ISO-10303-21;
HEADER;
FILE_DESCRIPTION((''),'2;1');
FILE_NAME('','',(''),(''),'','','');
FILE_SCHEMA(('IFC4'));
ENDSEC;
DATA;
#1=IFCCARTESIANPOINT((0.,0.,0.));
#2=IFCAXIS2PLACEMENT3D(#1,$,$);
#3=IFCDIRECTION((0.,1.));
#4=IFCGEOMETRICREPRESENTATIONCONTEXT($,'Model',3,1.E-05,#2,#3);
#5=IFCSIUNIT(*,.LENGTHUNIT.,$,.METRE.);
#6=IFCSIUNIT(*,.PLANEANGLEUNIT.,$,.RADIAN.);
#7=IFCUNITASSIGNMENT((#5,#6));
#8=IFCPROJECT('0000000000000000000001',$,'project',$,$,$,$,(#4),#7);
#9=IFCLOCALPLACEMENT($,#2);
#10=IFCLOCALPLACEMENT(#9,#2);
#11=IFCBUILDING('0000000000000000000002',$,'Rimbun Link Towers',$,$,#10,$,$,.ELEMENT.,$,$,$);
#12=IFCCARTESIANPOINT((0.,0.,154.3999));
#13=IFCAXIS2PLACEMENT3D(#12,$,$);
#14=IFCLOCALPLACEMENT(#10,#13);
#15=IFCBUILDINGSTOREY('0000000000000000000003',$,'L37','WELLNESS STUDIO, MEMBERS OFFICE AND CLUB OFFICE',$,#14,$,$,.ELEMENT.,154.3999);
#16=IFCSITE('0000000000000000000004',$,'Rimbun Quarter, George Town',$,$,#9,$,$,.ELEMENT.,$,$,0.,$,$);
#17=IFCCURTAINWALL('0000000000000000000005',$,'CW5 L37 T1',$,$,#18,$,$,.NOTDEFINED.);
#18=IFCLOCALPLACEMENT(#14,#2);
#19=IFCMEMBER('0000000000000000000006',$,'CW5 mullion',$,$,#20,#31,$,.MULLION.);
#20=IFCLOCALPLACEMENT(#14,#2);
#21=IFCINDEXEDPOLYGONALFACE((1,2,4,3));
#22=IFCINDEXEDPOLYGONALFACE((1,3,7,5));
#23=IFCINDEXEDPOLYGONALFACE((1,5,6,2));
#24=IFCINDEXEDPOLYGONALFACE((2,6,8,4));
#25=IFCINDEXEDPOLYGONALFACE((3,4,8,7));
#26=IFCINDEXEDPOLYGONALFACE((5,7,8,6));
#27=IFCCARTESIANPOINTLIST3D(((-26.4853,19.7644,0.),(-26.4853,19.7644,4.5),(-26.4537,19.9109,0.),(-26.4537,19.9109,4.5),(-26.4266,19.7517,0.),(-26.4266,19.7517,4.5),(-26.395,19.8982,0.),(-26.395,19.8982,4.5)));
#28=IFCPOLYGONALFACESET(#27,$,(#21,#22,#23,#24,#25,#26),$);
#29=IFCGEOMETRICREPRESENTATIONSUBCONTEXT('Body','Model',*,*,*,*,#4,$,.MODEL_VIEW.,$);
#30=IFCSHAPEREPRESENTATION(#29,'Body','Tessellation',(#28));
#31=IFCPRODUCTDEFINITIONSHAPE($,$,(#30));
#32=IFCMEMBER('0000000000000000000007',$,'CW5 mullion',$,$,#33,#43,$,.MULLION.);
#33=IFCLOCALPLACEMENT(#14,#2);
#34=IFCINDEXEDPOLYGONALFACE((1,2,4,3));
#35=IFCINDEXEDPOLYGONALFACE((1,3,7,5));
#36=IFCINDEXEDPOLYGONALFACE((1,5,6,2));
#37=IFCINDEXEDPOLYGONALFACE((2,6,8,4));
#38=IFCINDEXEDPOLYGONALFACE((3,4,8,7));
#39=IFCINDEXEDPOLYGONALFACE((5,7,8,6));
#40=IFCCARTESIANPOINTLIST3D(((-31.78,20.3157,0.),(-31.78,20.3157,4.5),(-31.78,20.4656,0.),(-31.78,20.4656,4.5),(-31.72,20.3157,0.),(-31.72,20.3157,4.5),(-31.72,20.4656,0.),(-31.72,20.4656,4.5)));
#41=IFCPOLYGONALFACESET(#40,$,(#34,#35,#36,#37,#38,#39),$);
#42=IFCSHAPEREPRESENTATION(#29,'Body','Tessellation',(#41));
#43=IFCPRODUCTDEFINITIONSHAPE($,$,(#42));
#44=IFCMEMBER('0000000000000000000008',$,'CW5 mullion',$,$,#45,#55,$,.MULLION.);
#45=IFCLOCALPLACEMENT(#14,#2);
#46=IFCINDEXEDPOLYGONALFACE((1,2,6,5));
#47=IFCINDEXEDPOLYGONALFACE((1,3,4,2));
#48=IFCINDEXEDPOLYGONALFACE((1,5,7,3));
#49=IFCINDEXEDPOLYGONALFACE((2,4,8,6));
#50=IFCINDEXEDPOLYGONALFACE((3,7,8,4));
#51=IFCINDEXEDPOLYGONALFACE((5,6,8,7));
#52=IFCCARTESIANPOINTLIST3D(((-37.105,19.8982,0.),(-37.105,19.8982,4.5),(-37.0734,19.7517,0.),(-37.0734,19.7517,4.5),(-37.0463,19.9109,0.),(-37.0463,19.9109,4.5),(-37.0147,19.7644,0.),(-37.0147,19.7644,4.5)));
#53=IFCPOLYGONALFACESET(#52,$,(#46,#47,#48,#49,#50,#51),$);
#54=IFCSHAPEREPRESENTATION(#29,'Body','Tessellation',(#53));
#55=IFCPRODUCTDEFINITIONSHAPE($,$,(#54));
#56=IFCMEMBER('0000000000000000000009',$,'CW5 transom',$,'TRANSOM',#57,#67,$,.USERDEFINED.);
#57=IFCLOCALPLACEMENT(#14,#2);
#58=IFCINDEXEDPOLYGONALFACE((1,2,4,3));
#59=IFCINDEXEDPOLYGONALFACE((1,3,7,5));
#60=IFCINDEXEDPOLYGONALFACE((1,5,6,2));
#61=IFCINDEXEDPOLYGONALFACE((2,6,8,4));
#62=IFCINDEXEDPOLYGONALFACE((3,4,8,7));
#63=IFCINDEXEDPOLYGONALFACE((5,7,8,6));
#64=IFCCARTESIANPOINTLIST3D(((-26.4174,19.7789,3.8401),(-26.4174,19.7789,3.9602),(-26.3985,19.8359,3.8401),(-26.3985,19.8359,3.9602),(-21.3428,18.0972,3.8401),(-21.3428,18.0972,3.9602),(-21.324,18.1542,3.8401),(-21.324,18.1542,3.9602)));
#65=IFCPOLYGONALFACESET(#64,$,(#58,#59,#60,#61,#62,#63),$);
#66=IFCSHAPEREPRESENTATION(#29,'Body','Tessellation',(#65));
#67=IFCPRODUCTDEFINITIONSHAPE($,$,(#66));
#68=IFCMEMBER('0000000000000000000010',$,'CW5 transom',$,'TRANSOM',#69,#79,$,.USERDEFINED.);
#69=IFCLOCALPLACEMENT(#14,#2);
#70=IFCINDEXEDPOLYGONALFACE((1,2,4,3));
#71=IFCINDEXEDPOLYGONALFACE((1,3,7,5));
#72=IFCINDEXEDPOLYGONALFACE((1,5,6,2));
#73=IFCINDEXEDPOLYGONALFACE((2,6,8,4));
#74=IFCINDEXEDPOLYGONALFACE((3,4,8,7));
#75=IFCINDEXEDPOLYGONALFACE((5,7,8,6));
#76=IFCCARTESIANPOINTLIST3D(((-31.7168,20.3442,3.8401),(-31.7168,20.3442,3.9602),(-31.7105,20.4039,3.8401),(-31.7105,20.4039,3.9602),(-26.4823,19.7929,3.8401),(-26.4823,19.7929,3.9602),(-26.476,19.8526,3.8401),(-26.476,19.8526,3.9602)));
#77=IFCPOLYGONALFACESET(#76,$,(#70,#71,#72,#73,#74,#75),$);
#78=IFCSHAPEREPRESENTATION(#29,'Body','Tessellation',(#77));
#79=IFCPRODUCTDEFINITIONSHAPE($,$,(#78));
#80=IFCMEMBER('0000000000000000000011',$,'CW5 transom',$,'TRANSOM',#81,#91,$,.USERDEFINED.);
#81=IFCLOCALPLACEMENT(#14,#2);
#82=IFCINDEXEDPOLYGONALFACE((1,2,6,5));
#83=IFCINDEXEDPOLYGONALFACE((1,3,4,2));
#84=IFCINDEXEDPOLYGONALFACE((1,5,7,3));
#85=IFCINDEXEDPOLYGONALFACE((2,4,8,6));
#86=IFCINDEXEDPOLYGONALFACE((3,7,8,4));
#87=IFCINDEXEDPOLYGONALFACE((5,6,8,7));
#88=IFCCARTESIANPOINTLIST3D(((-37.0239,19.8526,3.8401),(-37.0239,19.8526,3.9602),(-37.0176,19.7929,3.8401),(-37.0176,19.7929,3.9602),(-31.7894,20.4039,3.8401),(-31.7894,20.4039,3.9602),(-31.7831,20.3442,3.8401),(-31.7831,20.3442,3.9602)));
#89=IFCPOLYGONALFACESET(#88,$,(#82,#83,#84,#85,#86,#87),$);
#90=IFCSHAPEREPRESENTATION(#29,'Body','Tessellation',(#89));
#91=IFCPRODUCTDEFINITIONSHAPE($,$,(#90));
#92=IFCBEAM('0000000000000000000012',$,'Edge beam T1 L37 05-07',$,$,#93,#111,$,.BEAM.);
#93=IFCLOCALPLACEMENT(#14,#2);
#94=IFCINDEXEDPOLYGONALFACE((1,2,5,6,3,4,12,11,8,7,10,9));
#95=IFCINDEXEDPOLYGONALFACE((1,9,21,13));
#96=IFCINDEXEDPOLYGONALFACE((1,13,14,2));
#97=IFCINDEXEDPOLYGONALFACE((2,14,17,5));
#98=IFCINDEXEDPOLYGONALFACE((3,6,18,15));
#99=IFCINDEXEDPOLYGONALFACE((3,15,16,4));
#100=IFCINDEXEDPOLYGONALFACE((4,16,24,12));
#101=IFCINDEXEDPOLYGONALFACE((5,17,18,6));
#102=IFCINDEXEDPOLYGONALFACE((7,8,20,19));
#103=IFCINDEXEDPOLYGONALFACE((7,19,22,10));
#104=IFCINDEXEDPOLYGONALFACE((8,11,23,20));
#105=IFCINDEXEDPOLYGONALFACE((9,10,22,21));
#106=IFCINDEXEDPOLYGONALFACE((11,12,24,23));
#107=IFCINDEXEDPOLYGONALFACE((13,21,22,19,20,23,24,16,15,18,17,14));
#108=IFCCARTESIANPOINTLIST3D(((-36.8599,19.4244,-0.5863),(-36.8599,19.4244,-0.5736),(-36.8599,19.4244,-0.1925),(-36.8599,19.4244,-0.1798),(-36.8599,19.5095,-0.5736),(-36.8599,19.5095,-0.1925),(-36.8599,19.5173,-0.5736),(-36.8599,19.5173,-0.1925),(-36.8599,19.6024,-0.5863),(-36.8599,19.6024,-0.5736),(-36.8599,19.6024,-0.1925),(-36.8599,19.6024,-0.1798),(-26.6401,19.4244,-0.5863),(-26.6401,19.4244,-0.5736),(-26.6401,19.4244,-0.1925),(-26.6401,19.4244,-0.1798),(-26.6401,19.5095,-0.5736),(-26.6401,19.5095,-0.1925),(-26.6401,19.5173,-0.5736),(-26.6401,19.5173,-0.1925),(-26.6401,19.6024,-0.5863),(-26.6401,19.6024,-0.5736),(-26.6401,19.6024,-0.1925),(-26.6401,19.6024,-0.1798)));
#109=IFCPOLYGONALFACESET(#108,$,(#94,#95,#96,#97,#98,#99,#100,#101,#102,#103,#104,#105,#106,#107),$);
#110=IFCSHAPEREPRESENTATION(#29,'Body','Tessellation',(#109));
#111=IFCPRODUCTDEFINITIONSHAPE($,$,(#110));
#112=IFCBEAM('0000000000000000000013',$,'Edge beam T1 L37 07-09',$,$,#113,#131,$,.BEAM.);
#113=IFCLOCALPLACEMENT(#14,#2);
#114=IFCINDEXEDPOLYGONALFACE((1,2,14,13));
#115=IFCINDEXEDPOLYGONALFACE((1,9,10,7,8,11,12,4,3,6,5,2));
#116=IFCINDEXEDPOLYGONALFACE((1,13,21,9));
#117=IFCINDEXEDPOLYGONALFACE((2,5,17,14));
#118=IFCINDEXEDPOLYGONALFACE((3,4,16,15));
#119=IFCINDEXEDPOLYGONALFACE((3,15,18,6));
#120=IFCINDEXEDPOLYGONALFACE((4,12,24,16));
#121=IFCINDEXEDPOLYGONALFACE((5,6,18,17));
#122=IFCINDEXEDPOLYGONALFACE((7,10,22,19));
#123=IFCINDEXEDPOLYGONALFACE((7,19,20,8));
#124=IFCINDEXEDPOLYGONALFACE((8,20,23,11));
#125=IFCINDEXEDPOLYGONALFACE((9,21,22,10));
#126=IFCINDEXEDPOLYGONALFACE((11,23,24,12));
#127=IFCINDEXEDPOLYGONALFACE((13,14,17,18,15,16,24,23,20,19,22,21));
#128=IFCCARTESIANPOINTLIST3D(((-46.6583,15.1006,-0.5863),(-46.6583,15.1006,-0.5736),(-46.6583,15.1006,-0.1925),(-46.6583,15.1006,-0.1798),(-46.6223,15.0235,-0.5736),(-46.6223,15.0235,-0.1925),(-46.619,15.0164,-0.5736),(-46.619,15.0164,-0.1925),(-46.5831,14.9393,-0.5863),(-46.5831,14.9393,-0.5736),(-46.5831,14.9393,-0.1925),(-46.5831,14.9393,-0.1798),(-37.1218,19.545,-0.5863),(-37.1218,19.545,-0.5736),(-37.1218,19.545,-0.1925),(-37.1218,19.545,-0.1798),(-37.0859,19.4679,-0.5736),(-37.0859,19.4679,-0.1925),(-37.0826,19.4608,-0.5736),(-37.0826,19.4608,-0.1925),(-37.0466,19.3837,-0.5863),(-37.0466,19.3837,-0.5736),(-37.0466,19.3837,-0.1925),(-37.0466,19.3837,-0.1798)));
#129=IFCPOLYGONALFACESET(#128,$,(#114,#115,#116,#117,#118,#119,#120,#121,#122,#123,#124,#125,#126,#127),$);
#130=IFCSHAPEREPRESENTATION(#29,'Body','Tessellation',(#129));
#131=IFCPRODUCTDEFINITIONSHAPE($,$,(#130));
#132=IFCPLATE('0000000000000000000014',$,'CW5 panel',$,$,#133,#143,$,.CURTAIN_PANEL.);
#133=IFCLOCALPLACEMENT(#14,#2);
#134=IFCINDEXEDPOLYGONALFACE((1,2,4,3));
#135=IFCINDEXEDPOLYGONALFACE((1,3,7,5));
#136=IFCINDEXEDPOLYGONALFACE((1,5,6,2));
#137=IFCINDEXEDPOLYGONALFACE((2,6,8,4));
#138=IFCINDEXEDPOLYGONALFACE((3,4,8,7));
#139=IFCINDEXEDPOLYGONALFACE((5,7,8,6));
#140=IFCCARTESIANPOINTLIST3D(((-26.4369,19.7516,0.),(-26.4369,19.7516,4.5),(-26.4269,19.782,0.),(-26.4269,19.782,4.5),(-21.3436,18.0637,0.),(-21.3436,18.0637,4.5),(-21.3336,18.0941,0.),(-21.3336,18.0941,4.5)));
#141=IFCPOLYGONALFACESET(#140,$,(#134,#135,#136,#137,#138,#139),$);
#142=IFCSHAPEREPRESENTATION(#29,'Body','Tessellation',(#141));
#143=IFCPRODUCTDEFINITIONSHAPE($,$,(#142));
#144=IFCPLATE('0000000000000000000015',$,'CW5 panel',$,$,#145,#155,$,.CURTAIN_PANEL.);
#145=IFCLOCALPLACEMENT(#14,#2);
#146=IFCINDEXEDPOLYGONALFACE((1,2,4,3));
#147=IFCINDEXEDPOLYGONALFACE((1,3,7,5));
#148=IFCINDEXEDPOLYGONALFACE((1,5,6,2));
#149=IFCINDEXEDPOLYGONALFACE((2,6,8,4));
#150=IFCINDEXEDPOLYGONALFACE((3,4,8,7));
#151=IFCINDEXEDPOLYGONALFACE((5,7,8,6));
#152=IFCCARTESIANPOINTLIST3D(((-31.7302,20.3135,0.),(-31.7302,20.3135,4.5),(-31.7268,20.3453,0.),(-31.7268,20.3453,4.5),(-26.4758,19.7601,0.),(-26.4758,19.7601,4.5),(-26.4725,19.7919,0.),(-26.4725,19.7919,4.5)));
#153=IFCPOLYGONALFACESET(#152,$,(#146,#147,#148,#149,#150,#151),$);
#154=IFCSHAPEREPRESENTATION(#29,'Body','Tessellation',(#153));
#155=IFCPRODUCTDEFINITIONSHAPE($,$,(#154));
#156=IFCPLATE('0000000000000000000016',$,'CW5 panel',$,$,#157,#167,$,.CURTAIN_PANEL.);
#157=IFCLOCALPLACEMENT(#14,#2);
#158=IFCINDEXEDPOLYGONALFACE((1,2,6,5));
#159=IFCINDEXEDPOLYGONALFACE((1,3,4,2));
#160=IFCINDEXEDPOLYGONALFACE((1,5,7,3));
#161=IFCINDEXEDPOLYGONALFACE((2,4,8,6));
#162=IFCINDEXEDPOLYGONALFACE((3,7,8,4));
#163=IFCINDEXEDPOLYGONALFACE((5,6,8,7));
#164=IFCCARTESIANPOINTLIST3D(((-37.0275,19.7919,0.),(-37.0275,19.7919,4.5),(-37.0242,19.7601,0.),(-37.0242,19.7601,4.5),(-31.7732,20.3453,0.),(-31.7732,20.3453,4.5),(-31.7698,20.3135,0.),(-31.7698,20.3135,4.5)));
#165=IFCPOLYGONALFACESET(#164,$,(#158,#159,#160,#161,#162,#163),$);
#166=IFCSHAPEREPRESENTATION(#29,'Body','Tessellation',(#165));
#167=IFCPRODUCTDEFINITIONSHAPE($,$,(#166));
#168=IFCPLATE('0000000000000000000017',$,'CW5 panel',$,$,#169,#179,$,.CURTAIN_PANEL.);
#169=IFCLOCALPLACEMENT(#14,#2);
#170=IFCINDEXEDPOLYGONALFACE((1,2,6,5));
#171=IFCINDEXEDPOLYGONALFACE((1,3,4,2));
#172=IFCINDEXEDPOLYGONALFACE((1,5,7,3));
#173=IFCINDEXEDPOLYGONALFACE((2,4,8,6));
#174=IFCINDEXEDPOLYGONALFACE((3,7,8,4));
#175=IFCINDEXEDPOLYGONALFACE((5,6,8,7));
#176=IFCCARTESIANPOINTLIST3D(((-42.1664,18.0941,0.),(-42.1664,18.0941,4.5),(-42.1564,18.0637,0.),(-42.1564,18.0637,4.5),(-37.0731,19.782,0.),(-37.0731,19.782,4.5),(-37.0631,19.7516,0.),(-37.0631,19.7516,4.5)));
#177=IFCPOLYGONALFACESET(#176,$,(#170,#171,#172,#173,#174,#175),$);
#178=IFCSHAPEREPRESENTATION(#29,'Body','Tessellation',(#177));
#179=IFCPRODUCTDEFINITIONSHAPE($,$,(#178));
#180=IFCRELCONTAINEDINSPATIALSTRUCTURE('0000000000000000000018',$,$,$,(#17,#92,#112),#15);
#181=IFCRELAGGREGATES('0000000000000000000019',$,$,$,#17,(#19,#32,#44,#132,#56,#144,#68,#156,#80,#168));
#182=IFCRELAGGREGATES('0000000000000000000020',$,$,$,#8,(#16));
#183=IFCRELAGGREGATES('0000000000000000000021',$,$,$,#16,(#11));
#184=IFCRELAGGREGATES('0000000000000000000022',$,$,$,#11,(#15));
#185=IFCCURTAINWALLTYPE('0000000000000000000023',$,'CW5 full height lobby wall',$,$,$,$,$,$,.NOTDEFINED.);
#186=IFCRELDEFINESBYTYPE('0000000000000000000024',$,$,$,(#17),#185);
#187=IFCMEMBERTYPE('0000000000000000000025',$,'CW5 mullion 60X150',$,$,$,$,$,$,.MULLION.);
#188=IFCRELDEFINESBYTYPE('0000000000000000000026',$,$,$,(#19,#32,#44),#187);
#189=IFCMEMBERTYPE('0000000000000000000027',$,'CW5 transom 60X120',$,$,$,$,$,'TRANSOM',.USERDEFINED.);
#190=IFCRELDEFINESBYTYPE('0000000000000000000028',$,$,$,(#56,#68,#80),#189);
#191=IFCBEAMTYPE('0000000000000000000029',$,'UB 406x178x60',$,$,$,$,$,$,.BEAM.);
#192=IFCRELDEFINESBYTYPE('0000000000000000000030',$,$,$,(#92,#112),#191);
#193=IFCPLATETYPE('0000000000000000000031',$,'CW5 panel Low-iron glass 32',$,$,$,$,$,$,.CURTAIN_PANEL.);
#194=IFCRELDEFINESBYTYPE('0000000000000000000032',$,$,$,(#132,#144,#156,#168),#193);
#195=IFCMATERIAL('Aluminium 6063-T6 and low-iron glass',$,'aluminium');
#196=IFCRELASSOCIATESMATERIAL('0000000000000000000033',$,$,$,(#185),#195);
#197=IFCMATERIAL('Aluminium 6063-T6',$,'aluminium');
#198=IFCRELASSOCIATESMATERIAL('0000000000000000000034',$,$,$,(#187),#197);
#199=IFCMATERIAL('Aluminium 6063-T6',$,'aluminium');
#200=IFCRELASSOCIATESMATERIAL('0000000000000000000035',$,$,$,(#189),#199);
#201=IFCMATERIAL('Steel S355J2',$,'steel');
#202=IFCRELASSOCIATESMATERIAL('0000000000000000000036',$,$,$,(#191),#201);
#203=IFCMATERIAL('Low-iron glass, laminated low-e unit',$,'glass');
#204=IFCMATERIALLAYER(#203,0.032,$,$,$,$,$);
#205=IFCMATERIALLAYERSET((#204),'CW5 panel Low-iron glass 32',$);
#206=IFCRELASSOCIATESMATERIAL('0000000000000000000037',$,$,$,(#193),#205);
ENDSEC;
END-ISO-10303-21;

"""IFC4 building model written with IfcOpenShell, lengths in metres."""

from ifc_helpers import new_model, si_unit, direction, frame, origin, origin_2d, place, context, subcontext, project, spatial, rectangle, i_section, extrude, material, layer, layer_set, material_profile, profile_set, type_object, element, aggregate, save


model = new_model("IFC4")

# Units and contexts
model_context = context("Model", 3, precision=1e-05, world=origin(), true_north=direction((0.0, 1.0)))
body_context = subcontext(model_context, "Body", "Model", "MODEL_VIEW")
ifc_project = project(units=[si_unit("LENGTHUNIT", "METRE"), si_unit("PLANEANGLEUNIT", "RADIAN")], contexts=[model_context])

# Site, building, storey
site_placement = place(None, origin())
site = spatial("IfcSite", under=ifc_project, at=site_placement, Name="Rimbun Quarter, George Town", CompositionType="ELEMENT", RefElevation=0.0)
building_placement = place(site_placement, origin())
building = spatial("IfcBuilding", under=site, at=building_placement, Name="Rimbun Link Towers", CompositionType="ELEMENT")
storey_placement = place(building_placement, frame((0.0, 0.0, 154.3999)))
storey = spatial("IfcBuildingStorey", under=building, at=storey_placement, Name="L37", Description="WELLNESS STUDIO, MEMBERS OFFICE AND CLUB OFFICE", CompositionType="ELEMENT", Elevation=154.3999)

# Curtain wall, members
ifc_material_1 = material(Name="Aluminium 6063-T6 and low-iron glass", Category="aluminium")
curtain_wall_type = type_object("IfcCurtainWallType", Name="CW5 full height lobby wall", PredefinedType="NOTDEFINED", material=ifc_material_1)
curtain_wall_placement = place(storey_placement, origin())
curtain_wall = element("IfcCurtainWall", 1, at=curtain_wall_placement, inside=storey, type_object=curtain_wall_type, Name="CW5 L37 T1", PredefinedType="NOTDEFINED")
ifc_material_2 = material(Name="Aluminium 6063-T6", Category="aluminium")
ifc_material_profile_1 = material_profile(ifc_material_2, rectangle(XDim=0.1499, YDim=0.0601, at=origin_2d()), Name="MULLION 60X150")
ifc_profile_set_1 = profile_set([ifc_material_profile_1], Name="Aluminium 6063-T6")
member_type_1 = type_object("IfcMemberType", Name="CW5 mullion 60X150", PredefinedType="MULLION", material=ifc_profile_set_1)
member_1_placement = place(storey_placement, frame((-26.4402, 19.8313, 0.0), z_axis=(0.0, 0.0, 1.0), x_axis=(0.210875, 0.977513, 0.0)))
member_1 = element("IfcMember", 2, at=member_1_placement, type_object=member_type_1, Name="CW5 mullion", PredefinedType="MULLION", context=body_context, shape_type="SweptSolid", body=[
    extrude(rectangle(XDim=0.1499, YDim=0.0601, at=origin_2d()), origin(), (0.0, 0.0, 1.0), 4.5),
])
member_2_placement = place(storey_placement, frame((-31.75, 20.3906, 0.0), z_axis=(0.0, 0.0, 1.0), x_axis=(0.0, 1.0, 0.0)))
member_2 = element("IfcMember", 3, at=member_2_placement, type_object=member_type_1, Name="CW5 mullion", PredefinedType="MULLION", context=body_context, shape_type="SweptSolid", body=[
    extrude(rectangle(XDim=0.1499, YDim=0.0601, at=origin_2d()), origin(), (0.0, 0.0, 1.0), 4.5),
])
member_3_placement = place(storey_placement, frame((-37.0598, 19.8313, 0.0), z_axis=(0.0, 0.0, 1.0), x_axis=(-0.210875, 0.977513, 0.0)))
member_3 = element("IfcMember", 4, at=member_3_placement, type_object=member_type_1, Name="CW5 mullion", PredefinedType="MULLION", context=body_context, shape_type="SweptSolid", body=[
    extrude(rectangle(XDim=0.1499, YDim=0.0601, at=origin_2d()), origin(), (0.0, 0.0, 1.0), 4.5),
])
ifc_material_3 = material(Name="Aluminium 6063-T6", Category="aluminium")
ifc_material_profile_2 = material_profile(ifc_material_3, rectangle(XDim=0.0601, YDim=0.1201, at=origin_2d()), Name="TRANSOM 60X120")
ifc_profile_set_2 = profile_set([ifc_material_profile_2], Name="Aluminium 6063-T6")
member_type_2 = type_object("IfcMemberType", Name="CW5 transom 60X120", ElementType="TRANSOM", PredefinedType="USERDEFINED", material=ifc_profile_set_2)
member_4_placement = place(storey_placement, frame((-26.408, 19.8074, 3.9001), z_axis=(0.949234, -0.314569, 0.0), x_axis=(0.314569, 0.949234, 0.0)))
member_4 = element("IfcMember", 5, at=member_4_placement, type_object=member_type_2, Name="CW5 transom", ObjectType="TRANSOM", PredefinedType="USERDEFINED", context=body_context, shape_type="SweptSolid", body=[
    extrude(rectangle(XDim=0.0601, YDim=0.1201, at=origin_2d()), origin(), (0.0, 0.0, 1.0), 5.3459),
])
member_5_placement = place(storey_placement, frame((-31.7136, 20.374, 3.9001), z_axis=(0.9945, -0.104738, 0.0), x_axis=(0.104738, 0.9945, 0.0)))
member_5 = element("IfcMember", 6, at=member_5_placement, type_object=member_type_2, Name="CW5 transom", ObjectType="TRANSOM", PredefinedType="USERDEFINED", context=body_context, shape_type="SweptSolid", body=[
    extrude(rectangle(XDim=0.0601, YDim=0.1201, at=origin_2d()), origin(), (0.0, 0.0, 1.0), 5.2634),
])
member_6_placement = place(storey_placement, frame((-37.0208, 19.8228, 3.9001), z_axis=(0.9945, 0.104738, 0.0), x_axis=(-0.104738, 0.9945, 0.0)))
member_6 = element("IfcMember", 7, at=member_6_placement, type_object=member_type_2, Name="CW5 transom", ObjectType="TRANSOM", PredefinedType="USERDEFINED", context=body_context, shape_type="SweptSolid", body=[
    extrude(rectangle(XDim=0.0601, YDim=0.1201, at=origin_2d()), origin(), (0.0, 0.0, 1.0), 5.2634),
])

# Beams
ifc_material_4 = material(Name="Steel S355J2", Category="steel")
ifc_material_profile_3 = material_profile(ifc_material_4, i_section(OverallWidth=0.178, OverallDepth=0.4065, WebThickness=0.0078, FlangeThickness=0.0127, at=origin_2d()), Name="UB 406x178x60")
ifc_profile_set_3 = profile_set([ifc_material_profile_3], Name="Steel S355J2")
beam_type = type_object("IfcBeamType", Name="UB 406x178x60", PredefinedType="BEAM", material=ifc_profile_set_3)
beam_1_placement = place(storey_placement, frame((-26.6401, 19.5134, -0.3831), z_axis=(-1.0, 0.0, 0.0), x_axis=(0.0, -1.0, 0.0)))
element("IfcBeam", 8, at=beam_1_placement, inside=storey, type_object=beam_type, Name="Edge beam T1 L37 05-07", PredefinedType="BEAM", context=body_context, shape_type="SweptSolid", body=[
    extrude(i_section(OverallWidth=0.178, OverallDepth=0.4065, WebThickness=0.0078, FlangeThickness=0.0127, at=origin_2d()), origin(), (0.0, 0.0, 1.0), 10.2197),
])
beam_2_placement = place(storey_placement, frame((-37.0842, 19.4644, -0.3831), z_axis=(-0.906401, -0.422419, 0.0), x_axis=(0.422419, -0.906401, 0.0)))
element("IfcBeam", 9, at=beam_2_placement, inside=storey, type_object=beam_type, Name="Edge beam T1 L37 07-09", PredefinedType="BEAM", context=body_context, shape_type="SweptSolid", body=[
    extrude(i_section(OverallWidth=0.178, OverallDepth=0.4065, WebThickness=0.0078, FlangeThickness=0.0127, at=origin_2d()), origin(), (0.0, 0.0, 1.0), 10.5212),
])

# Plates
ifc_material_5 = material(Name="Low-iron glass, laminated low-e unit", Category="glass")
ifc_layer_1 = layer(ifc_material_5, 0.032)
ifc_layer_set_1 = layer_set([ifc_layer_1], Name="CW5 panel Low-iron glass 32")
plate_type = type_object("IfcPlateType", Name="CW5 panel Low-iron glass 32", PredefinedType="CURTAIN_PANEL", material=ifc_layer_set_1)
plate_1_placement = place(storey_placement, frame((-23.8853, 18.9229, 0.0), z_axis=(0.0, 0.0, 1.0), x_axis=(0.949235, -0.314568, 0.0)))
plate_1 = element("IfcPlate", 10, at=plate_1_placement, type_object=plate_type, Name="CW5 panel", PredefinedType="CURTAIN_PANEL", context=body_context, shape_type="SweptSolid", body=[
    extrude(rectangle(XDim=5.3657, YDim=0.032, at=origin_2d()), origin(), (0.0, 0.0, 1.0), 4.5),
])
plate_2_placement = place(storey_placement, frame((-29.1013, 20.0527, 0.0), z_axis=(0.0, 0.0, 1.0), x_axis=(0.994499, -0.104745, 0.0)))
plate_2 = element("IfcPlate", 11, at=plate_2_placement, type_object=plate_type, Name="CW5 panel", PredefinedType="CURTAIN_PANEL", context=body_context, shape_type="SweptSolid", body=[
    extrude(rectangle(XDim=5.2834, YDim=0.032, at=origin_2d()), origin(), (0.0, 0.0, 1.0), 4.5),
])
plate_3_placement = place(storey_placement, frame((-34.3987, 20.0527, 0.0), z_axis=(0.0, 0.0, 1.0), x_axis=(0.994499, 0.104745, 0.0)))
plate_3 = element("IfcPlate", 12, at=plate_3_placement, type_object=plate_type, Name="CW5 panel", PredefinedType="CURTAIN_PANEL", context=body_context, shape_type="SweptSolid", body=[
    extrude(rectangle(XDim=5.2834, YDim=0.032, at=origin_2d()), origin(), (0.0, 0.0, 1.0), 4.5),
])
plate_4_placement = place(storey_placement, frame((-39.6147, 18.9229, 0.0), z_axis=(0.0, 0.0, 1.0), x_axis=(0.949235, 0.314568, 0.0)))
plate_4 = element("IfcPlate", 13, at=plate_4_placement, type_object=plate_type, Name="CW5 panel", PredefinedType="CURTAIN_PANEL", context=body_context, shape_type="SweptSolid", body=[
    extrude(rectangle(XDim=5.3657, YDim=0.032, at=origin_2d()), origin(), (0.0, 0.0, 1.0), 4.5),
])
aggregate(curtain_wall, [member_1, member_2, member_3, plate_1, member_4, plate_2, member_5, plate_3, member_6, plate_4])

save(model, "model.ifc")
